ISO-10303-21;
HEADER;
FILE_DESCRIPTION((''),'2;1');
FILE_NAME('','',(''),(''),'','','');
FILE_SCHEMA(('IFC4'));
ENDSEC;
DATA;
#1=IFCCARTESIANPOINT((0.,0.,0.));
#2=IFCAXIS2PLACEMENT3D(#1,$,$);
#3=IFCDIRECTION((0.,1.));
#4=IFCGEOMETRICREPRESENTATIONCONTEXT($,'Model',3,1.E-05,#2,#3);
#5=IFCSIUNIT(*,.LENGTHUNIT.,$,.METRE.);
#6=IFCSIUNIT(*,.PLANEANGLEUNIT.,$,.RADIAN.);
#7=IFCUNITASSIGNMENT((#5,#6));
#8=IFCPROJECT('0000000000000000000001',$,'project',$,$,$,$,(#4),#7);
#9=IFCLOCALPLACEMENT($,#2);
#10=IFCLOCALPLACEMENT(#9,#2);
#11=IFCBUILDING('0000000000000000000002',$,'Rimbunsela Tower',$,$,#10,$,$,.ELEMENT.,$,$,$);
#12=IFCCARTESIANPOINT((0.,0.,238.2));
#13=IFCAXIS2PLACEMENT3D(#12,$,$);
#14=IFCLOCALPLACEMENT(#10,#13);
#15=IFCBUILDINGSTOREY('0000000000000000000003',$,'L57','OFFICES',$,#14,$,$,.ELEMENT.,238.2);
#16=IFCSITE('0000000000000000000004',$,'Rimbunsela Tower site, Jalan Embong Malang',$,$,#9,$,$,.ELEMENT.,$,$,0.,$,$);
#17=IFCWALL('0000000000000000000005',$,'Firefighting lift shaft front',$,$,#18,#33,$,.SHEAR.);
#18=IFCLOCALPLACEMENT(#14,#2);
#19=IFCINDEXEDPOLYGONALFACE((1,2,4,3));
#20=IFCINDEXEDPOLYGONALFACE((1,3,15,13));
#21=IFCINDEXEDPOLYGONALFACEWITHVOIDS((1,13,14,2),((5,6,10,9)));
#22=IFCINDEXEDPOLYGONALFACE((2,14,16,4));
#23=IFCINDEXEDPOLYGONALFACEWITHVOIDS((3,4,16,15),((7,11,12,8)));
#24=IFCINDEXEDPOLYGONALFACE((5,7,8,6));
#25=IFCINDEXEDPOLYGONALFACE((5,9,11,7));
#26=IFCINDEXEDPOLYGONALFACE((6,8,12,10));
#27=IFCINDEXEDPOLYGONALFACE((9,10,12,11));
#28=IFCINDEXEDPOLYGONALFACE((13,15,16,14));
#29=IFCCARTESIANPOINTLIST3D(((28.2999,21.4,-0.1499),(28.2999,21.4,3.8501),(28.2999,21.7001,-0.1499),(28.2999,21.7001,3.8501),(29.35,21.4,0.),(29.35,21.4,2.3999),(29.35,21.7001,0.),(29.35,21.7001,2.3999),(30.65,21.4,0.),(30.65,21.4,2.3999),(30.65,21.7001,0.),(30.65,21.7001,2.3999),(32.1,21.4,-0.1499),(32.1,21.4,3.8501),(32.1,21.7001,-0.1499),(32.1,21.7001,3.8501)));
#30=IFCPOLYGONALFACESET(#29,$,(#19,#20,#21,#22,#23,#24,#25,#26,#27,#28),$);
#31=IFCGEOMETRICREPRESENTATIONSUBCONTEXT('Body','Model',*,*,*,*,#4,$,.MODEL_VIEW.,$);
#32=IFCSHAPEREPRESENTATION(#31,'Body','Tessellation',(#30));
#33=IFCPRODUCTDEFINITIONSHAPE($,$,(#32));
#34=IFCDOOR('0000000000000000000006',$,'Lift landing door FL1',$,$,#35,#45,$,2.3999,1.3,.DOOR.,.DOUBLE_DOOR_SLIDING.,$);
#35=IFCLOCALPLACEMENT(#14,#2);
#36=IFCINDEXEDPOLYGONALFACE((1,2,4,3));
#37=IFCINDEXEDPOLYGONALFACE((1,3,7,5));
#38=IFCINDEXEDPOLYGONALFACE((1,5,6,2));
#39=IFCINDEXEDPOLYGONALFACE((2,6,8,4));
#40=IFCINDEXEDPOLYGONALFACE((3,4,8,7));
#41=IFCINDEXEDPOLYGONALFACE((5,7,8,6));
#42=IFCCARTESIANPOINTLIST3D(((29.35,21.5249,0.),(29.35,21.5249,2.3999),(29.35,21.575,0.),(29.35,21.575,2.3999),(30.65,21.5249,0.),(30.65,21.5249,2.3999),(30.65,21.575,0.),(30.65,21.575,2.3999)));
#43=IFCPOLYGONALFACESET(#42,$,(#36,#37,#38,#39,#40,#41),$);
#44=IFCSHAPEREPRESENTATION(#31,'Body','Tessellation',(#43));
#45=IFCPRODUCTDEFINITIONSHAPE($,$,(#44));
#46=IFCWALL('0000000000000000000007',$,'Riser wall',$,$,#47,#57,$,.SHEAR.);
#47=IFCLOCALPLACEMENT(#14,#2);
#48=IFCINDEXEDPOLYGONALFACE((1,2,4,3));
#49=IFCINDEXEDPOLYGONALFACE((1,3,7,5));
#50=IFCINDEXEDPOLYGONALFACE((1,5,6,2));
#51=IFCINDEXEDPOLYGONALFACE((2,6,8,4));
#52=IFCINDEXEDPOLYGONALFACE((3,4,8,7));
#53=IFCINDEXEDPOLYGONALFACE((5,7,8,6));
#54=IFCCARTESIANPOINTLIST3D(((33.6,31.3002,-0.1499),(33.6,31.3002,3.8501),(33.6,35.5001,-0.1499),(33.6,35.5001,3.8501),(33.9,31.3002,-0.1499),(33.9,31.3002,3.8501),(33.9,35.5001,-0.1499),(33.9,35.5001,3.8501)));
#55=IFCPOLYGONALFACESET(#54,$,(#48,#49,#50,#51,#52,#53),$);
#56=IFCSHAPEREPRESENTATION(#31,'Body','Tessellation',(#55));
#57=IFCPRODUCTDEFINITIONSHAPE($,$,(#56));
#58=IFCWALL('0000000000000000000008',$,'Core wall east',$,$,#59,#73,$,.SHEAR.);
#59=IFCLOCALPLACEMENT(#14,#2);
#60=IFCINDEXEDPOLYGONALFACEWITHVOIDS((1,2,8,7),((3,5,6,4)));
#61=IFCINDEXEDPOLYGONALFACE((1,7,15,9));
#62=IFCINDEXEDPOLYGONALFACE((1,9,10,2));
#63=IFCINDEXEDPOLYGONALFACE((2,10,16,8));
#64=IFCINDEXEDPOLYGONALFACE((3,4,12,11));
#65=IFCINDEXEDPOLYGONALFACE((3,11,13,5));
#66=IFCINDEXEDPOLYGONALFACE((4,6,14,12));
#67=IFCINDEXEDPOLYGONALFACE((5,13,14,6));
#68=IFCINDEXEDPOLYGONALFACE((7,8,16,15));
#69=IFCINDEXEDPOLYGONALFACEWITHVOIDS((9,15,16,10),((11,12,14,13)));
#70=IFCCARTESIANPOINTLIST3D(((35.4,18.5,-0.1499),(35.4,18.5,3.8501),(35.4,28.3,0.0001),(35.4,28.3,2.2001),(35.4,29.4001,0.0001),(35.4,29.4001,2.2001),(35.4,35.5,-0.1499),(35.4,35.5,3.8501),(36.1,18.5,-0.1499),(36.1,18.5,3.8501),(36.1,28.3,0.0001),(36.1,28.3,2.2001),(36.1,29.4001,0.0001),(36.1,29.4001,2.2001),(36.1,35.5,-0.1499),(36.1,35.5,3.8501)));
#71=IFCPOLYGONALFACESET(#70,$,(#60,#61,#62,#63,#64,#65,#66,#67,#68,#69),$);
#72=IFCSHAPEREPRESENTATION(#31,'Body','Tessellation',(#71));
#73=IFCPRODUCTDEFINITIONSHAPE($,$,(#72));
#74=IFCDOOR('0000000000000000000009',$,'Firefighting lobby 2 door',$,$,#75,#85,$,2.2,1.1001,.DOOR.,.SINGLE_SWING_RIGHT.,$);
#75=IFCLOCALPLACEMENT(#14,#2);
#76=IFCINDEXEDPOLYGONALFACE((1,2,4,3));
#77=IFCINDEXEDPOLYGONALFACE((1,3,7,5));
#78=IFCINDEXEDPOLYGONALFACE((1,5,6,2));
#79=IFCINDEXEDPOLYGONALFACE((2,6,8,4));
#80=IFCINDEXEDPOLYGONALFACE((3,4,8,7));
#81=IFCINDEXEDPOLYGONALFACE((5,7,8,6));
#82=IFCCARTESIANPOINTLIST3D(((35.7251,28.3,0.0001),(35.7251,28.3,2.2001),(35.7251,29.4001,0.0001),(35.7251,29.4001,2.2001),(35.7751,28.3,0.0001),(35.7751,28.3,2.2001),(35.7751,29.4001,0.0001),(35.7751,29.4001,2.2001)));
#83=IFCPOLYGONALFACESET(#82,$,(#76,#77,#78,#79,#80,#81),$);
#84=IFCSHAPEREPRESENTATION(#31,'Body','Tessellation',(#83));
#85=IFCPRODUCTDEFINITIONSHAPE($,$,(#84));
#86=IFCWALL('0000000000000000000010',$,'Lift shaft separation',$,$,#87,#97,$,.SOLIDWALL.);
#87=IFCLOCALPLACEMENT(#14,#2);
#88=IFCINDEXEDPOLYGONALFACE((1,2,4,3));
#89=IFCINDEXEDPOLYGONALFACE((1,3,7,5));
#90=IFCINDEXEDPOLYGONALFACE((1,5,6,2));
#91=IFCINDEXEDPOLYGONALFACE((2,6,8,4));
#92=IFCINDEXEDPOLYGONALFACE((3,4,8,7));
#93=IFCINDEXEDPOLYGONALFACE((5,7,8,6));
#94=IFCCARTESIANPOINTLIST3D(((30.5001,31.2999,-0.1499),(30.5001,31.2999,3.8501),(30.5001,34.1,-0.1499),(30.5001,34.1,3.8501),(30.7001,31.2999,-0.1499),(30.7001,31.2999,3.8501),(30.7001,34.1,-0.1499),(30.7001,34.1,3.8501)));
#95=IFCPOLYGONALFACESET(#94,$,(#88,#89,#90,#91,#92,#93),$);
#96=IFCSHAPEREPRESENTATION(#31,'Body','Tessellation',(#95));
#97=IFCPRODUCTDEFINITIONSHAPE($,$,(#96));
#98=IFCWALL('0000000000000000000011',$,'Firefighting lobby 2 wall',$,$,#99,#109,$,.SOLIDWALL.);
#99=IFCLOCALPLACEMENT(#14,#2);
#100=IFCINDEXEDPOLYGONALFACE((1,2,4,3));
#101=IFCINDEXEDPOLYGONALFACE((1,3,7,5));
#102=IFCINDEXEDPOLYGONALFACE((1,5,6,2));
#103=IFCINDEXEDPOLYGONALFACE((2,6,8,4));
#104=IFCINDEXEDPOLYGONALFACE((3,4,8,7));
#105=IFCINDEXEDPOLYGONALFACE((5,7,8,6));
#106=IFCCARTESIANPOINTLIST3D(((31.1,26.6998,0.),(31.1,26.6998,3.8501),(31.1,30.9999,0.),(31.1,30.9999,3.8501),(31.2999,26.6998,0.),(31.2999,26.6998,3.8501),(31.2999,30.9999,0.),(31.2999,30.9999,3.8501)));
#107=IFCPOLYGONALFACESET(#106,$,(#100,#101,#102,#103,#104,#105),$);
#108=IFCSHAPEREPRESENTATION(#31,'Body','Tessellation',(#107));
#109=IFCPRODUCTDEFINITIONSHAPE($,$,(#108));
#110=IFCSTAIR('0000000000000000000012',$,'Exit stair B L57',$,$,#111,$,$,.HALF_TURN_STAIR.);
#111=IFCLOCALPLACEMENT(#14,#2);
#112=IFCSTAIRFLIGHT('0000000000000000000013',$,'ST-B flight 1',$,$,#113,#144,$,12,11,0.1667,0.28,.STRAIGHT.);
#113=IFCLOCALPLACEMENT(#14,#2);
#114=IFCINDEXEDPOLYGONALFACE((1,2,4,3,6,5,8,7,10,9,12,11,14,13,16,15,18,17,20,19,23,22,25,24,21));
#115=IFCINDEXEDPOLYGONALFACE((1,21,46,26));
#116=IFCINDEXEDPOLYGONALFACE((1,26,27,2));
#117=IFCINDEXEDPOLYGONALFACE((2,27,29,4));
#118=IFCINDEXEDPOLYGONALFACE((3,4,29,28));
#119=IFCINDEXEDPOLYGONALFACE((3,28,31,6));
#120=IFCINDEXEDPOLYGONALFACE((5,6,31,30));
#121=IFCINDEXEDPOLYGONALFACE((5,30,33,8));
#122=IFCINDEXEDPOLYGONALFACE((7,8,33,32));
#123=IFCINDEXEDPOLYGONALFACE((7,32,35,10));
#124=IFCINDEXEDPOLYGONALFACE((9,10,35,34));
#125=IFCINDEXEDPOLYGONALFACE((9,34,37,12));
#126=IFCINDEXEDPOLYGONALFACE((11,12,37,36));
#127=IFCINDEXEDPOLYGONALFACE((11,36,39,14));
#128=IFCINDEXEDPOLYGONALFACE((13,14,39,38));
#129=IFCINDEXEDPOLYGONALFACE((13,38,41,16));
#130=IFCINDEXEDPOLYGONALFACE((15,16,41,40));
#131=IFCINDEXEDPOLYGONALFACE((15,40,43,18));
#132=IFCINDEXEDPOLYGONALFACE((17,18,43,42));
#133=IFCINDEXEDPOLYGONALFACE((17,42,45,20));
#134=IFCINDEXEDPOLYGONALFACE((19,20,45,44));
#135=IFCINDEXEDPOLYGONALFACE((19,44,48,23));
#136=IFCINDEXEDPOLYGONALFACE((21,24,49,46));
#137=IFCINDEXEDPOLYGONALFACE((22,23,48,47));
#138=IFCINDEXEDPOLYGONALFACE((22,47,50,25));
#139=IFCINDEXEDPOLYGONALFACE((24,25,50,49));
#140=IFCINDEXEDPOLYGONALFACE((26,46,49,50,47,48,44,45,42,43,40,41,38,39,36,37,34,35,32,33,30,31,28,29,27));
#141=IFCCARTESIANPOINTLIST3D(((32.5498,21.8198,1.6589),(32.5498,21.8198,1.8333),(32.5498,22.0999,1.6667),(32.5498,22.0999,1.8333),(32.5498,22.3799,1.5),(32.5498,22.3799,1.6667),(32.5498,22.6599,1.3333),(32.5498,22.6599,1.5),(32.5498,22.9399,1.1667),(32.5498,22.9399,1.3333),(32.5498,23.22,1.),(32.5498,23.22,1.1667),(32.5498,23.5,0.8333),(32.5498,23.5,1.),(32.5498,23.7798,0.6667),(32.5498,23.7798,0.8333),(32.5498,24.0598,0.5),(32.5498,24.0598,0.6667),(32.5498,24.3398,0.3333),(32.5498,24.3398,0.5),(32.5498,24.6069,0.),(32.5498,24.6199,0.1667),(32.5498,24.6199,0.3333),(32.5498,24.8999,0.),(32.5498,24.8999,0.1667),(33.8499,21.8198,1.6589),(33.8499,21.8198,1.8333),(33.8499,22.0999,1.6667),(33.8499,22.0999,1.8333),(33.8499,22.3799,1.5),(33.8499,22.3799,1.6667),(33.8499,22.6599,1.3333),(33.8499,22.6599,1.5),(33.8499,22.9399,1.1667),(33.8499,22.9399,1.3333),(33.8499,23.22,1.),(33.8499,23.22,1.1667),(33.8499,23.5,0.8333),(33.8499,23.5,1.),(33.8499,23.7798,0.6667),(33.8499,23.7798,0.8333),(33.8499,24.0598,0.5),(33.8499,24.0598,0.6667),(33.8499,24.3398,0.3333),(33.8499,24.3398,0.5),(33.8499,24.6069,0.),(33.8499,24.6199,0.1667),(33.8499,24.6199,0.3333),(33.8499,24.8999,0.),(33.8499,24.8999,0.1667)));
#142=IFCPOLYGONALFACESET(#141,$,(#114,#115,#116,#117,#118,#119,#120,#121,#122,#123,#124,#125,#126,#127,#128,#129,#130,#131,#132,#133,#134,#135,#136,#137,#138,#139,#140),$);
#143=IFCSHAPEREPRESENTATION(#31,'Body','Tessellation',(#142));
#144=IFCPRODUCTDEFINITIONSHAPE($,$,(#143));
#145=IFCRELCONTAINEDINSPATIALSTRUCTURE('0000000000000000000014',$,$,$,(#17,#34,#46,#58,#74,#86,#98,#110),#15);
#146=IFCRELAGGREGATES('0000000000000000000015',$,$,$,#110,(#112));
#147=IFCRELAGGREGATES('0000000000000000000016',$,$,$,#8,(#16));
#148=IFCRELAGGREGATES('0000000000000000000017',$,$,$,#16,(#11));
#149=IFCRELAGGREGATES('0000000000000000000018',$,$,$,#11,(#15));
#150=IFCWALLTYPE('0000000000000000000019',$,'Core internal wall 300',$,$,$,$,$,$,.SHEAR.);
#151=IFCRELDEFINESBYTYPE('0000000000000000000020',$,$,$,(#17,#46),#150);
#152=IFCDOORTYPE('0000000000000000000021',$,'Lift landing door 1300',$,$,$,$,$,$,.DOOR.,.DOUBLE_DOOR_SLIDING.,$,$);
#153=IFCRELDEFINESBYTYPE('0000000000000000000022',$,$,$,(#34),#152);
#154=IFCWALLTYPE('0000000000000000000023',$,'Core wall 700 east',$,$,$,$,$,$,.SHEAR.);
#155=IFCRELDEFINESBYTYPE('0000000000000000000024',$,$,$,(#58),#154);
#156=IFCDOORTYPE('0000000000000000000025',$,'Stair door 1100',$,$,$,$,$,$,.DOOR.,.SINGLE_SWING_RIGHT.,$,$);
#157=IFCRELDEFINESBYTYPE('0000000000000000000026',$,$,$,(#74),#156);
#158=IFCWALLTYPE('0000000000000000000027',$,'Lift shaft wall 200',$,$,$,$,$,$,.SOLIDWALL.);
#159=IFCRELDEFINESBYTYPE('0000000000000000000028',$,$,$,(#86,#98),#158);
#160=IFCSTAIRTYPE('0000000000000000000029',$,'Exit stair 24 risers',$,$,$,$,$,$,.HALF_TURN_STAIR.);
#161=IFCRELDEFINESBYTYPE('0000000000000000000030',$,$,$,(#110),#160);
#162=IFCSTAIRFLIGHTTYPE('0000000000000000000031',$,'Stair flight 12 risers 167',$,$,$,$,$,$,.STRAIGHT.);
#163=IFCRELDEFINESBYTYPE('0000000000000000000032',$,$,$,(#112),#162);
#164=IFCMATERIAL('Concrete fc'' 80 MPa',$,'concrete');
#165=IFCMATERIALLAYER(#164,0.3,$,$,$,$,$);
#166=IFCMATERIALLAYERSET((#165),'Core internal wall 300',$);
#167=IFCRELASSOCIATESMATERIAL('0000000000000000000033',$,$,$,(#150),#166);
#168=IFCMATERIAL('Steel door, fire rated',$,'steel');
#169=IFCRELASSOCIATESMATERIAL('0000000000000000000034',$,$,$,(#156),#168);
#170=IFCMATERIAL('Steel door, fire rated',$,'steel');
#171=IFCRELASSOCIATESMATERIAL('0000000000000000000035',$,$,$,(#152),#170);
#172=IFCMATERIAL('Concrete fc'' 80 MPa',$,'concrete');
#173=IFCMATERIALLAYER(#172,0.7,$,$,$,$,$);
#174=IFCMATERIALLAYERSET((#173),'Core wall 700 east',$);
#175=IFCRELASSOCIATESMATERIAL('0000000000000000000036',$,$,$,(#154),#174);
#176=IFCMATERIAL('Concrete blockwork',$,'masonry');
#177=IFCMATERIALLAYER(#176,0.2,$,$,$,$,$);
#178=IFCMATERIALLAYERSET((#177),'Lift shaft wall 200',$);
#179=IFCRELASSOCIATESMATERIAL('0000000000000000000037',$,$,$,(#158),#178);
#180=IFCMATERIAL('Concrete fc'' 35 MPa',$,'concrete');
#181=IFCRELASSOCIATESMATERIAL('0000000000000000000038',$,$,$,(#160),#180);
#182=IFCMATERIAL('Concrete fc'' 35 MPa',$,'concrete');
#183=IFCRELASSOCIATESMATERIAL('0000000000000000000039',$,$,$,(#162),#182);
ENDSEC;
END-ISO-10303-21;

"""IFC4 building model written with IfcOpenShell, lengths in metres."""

from ifc_helpers import new_model, si_unit, direction, frame, frame_2d, origin, place, context, subcontext, project, spatial, polyline, rectangle, outline, extrude, material, layer, layer_set, type_object, element, fill, aggregate, save


model = new_model("IFC4")

# Units and contexts
model_context = context("Model", 3, precision=1e-05, world=origin(), true_north=direction((0.0, 1.0)))
body_context = subcontext(model_context, "Body", "Model", "MODEL_VIEW")
ifc_project = project(units=[si_unit("LENGTHUNIT", "METRE"), si_unit("PLANEANGLEUNIT", "RADIAN")], contexts=[model_context])

# Site, building, storey
site_placement = place(None, origin())
site = spatial("IfcSite", under=ifc_project, at=site_placement, Name="Rimbunsela Tower site, Jalan Embong Malang", CompositionType="ELEMENT", RefElevation=0.0)
building_placement = place(site_placement, origin())
building = spatial("IfcBuilding", under=site, at=building_placement, Name="Rimbunsela Tower", CompositionType="ELEMENT")
storey_placement = place(building_placement, frame((0.0, 0.0, 238.2)))
storey = spatial("IfcBuildingStorey", under=building, at=storey_placement, Name="L57", Description="OFFICES", CompositionType="ELEMENT", Elevation=238.2)

# Shared definitions
ifc_material_1 = material(Name="Concrete fc' 80 MPa", Category="concrete")
ifc_layer_1 = layer(ifc_material_1, 0.3)
ifc_layer_set_1 = layer_set([ifc_layer_1], Name="Core internal wall 300")
wall_type_1 = type_object("IfcWallType", Name="Core internal wall 300", PredefinedType="SHEAR", material=ifc_layer_set_1)
ifc_material_2 = material(Name="Steel door, fire rated", Category="steel")
door_type_1 = type_object("IfcDoorType", Name="Stair door 1100", OperationType="SINGLE_SWING_RIGHT", PredefinedType="DOOR", material=ifc_material_2)

# Wall, opening, door
wall_1_placement = place(storey_placement, frame((28.3, 21.55, -0.1499), z_axis=(0.0, 0.0, 1.0), x_axis=(1.0, 0.0, 0.0)))
wall_1 = element("IfcWall", 1, at=wall_1_placement, inside=storey, type_object=wall_type_1, Name="Firefighting lift shaft front", PredefinedType="SHEAR", context=body_context, shape_type="SweptSolid", body=[
    extrude(rectangle(XDim=3.8, YDim=0.3, at=frame_2d((1.8999, 0.0))), origin(), (0.0, 0.0, 1.0), 4.0),
])
opening_1_placement = place(wall_1_placement, frame((1.05, 0.0, 0.1499)))
opening_1 = element("IfcOpeningElement", 2, at=opening_1_placement, cuts=wall_1, PredefinedType="OPENING", context=body_context, shape_type="SweptSolid", body=[
    extrude(rectangle(XDim=1.3, YDim=2.3999, at=frame_2d((0.6499, 1.2))), frame((0.0, 0.1599, 0.0), z_axis=(0.0, -1.0, 0.0), x_axis=(1.0, 0.0, 0.0)), (0.0, 0.0, 1.0), 0.3201),
])
ifc_material_3 = material(Name="Steel door, fire rated", Category="steel")
door_type_2 = type_object("IfcDoorType", Name="Lift landing door 1300", OperationType="DOUBLE_DOOR_SLIDING", PredefinedType="DOOR", material=ifc_material_3)
door_1_placement = place(opening_1_placement, origin())
door_1 = element("IfcDoor", 3, at=door_1_placement, inside=storey, type_object=door_type_2, Name="Lift landing door FL1", OperationType="DOUBLE_DOOR_SLIDING", OverallHeight=2.3999, OverallWidth=1.3, PredefinedType="DOOR", context=body_context, shape_type="SweptSolid", body=[
    extrude(rectangle(XDim=1.3, YDim=2.3999, at=frame_2d((0.6499, 1.2))), frame((0.0, 0.0249, 0.0), z_axis=(0.0, -1.0, 0.0), x_axis=(1.0, 0.0, 0.0)), (0.0, 0.0, 1.0), 0.05),
])
fill(opening_1, door_1)

# Wall
wall_2_placement = place(storey_placement, frame((33.75, 31.3, -0.1499), z_axis=(0.0, 0.0, 1.0), x_axis=(0.0, 1.0, 0.0)))
element("IfcWall", 4, at=wall_2_placement, inside=storey, type_object=wall_type_1, Name="Riser wall", PredefinedType="SHEAR", context=body_context, shape_type="SweptSolid", body=[
    extrude(rectangle(XDim=4.2, YDim=0.3, at=frame_2d((2.1001, 0.0))), origin(), (0.0, 0.0, 1.0), 4.0),
])

# Wall, opening, door
ifc_material_4 = material(Name="Concrete fc' 80 MPa", Category="concrete")
ifc_layer_2 = layer(ifc_material_4, 0.7)
ifc_layer_set_2 = layer_set([ifc_layer_2], Name="Core wall 700 east")
wall_type_2 = type_object("IfcWallType", Name="Core wall 700 east", PredefinedType="SHEAR", material=ifc_layer_set_2)
wall_3_placement = place(storey_placement, frame((35.75, 18.5, -0.1499), z_axis=(0.0, 0.0, 1.0), x_axis=(0.0, 1.0, 0.0)))
wall_3 = element("IfcWall", 5, at=wall_3_placement, inside=storey, type_object=wall_type_2, Name="Core wall east", PredefinedType="SHEAR", context=body_context, shape_type="SweptSolid", body=[
    extrude(rectangle(XDim=17.0, YDim=0.7, at=frame_2d((8.5, 0.0))), origin(), (0.0, 0.0, 1.0), 4.0),
])
opening_2_placement = place(wall_3_placement, frame((9.8, 0.0, 0.1499)))
opening_2 = element("IfcOpeningElement", 6, at=opening_2_placement, cuts=wall_3, PredefinedType="OPENING", context=body_context, shape_type="SweptSolid", body=[
    extrude(rectangle(XDim=1.1001, YDim=2.2, at=frame_2d((0.55, 1.1001))), frame((0.0, 0.3599, 0.0), z_axis=(0.0, -1.0, 0.0), x_axis=(1.0, 0.0, 0.0)), (0.0, 0.0, 1.0), 0.72),
])
door_2_placement = place(opening_2_placement, origin())
door_2 = element("IfcDoor", 7, at=door_2_placement, inside=storey, type_object=door_type_1, Name="Firefighting lobby 2 door", OperationType="SINGLE_SWING_RIGHT", OverallHeight=2.2, OverallWidth=1.1001, PredefinedType="DOOR", context=body_context, shape_type="SweptSolid", body=[
    extrude(rectangle(XDim=1.1001, YDim=2.2, at=frame_2d((0.55, 1.1001))), frame((0.0, 0.0249, 0.0), z_axis=(0.0, -1.0, 0.0), x_axis=(1.0, 0.0, 0.0)), (0.0, 0.0, 1.0), 0.05),
])
fill(opening_2, door_2)

# Walls
ifc_material_5 = material(Name="Concrete blockwork", Category="masonry")
ifc_layer_3 = layer(ifc_material_5, 0.2)
ifc_layer_set_3 = layer_set([ifc_layer_3], Name="Lift shaft wall 200")
wall_type_3 = type_object("IfcWallType", Name="Lift shaft wall 200", PredefinedType="SOLIDWALL", material=ifc_layer_set_3)
wall_4_placement = place(storey_placement, frame((30.6001, 31.3, -0.1499), z_axis=(0.0, 0.0, 1.0), x_axis=(0.0, 1.0, 0.0)))
element("IfcWall", 8, at=wall_4_placement, inside=storey, type_object=wall_type_3, Name="Lift shaft separation", PredefinedType="SOLIDWALL", context=body_context, shape_type="SweptSolid", body=[
    extrude(rectangle(XDim=2.8, YDim=0.2, at=frame_2d((1.3999, 0.0))), origin(), (0.0, 0.0, 1.0), 4.0),
])
wall_5_placement = place(storey_placement, frame((31.2, 26.7, 0.0), z_axis=(0.0, 0.0, 1.0), x_axis=(0.0, 1.0, 0.0)))
element("IfcWall", 9, at=wall_5_placement, inside=storey, type_object=wall_type_3, Name="Firefighting lobby 2 wall", PredefinedType="SOLIDWALL", context=body_context, shape_type="SweptSolid", body=[
    extrude(rectangle(XDim=4.3, YDim=0.2, at=frame_2d((2.1499, 0.0))), origin(), (0.0, 0.0, 1.0), 3.8501),
])

# Stair, stair flight
ifc_material_6 = material(Name="Concrete fc' 35 MPa", Category="concrete")
stair_type = type_object("IfcStairType", Name="Exit stair 24 risers", PredefinedType="HALF_TURN_STAIR", material=ifc_material_6)
stair_placement = place(storey_placement, origin())
stair = element("IfcStair", 10, at=stair_placement, inside=storey, type_object=stair_type, Name="Exit stair B L57", PredefinedType="HALF_TURN_STAIR")
ifc_material_7 = material(Name="Concrete fc' 35 MPa", Category="concrete")
stair_flight_type = type_object("IfcStairFlightType", Name="Stair flight 12 risers 167", PredefinedType="STRAIGHT", material=ifc_material_7)
stair_flight_1_placement = place(storey_placement, frame((33.2, 24.8999, 0.0), z_axis=(0.0, 0.0, 1.0), x_axis=(0.0, -1.0, 0.0)))
stair_flight_1 = element("IfcStairFlight", 11, at=stair_flight_1_placement, type_object=stair_flight_type, Name="ST-B flight 1", NumberOfRisers=12, NumberOfTreads=11, PredefinedType="STRAIGHT", RiserHeight=0.1667, TreadLength=0.28, context=body_context, shape_type="SweptSolid", body=[
    extrude(outline(polyline([(0.0, 0.0), (0.0, 0.1667), (0.28, 0.1667), (0.28, 0.3333), (0.5601, 0.3333), (0.5601, 0.5), (0.8401, 0.5), (0.8401, 0.6667), (1.1201, 0.6667), (1.1201, 0.8333), (1.3999, 0.8333), (1.3999, 1.0), (1.6799, 1.0), (1.6799, 1.1667), (1.96, 1.1667), (1.96, 1.3333), (2.24, 1.3333), (2.24, 1.5), (2.52, 1.5), (2.52, 1.6667), (2.8, 1.6667), (2.8, 1.8333), (3.0801, 1.8333), (3.0801, 2.0), (3.0801, 1.6589), (0.293, 0.0), (0.0, 0.0)])), frame((0.0, 0.6499, 0.0), z_axis=(0.0, -1.0, 0.0), x_axis=(1.0, 0.0, 0.0)), (0.0, 0.0, 1.0), 1.3),
])
aggregate(stair, [stair_flight_1])

save(model, "model.ifc")
